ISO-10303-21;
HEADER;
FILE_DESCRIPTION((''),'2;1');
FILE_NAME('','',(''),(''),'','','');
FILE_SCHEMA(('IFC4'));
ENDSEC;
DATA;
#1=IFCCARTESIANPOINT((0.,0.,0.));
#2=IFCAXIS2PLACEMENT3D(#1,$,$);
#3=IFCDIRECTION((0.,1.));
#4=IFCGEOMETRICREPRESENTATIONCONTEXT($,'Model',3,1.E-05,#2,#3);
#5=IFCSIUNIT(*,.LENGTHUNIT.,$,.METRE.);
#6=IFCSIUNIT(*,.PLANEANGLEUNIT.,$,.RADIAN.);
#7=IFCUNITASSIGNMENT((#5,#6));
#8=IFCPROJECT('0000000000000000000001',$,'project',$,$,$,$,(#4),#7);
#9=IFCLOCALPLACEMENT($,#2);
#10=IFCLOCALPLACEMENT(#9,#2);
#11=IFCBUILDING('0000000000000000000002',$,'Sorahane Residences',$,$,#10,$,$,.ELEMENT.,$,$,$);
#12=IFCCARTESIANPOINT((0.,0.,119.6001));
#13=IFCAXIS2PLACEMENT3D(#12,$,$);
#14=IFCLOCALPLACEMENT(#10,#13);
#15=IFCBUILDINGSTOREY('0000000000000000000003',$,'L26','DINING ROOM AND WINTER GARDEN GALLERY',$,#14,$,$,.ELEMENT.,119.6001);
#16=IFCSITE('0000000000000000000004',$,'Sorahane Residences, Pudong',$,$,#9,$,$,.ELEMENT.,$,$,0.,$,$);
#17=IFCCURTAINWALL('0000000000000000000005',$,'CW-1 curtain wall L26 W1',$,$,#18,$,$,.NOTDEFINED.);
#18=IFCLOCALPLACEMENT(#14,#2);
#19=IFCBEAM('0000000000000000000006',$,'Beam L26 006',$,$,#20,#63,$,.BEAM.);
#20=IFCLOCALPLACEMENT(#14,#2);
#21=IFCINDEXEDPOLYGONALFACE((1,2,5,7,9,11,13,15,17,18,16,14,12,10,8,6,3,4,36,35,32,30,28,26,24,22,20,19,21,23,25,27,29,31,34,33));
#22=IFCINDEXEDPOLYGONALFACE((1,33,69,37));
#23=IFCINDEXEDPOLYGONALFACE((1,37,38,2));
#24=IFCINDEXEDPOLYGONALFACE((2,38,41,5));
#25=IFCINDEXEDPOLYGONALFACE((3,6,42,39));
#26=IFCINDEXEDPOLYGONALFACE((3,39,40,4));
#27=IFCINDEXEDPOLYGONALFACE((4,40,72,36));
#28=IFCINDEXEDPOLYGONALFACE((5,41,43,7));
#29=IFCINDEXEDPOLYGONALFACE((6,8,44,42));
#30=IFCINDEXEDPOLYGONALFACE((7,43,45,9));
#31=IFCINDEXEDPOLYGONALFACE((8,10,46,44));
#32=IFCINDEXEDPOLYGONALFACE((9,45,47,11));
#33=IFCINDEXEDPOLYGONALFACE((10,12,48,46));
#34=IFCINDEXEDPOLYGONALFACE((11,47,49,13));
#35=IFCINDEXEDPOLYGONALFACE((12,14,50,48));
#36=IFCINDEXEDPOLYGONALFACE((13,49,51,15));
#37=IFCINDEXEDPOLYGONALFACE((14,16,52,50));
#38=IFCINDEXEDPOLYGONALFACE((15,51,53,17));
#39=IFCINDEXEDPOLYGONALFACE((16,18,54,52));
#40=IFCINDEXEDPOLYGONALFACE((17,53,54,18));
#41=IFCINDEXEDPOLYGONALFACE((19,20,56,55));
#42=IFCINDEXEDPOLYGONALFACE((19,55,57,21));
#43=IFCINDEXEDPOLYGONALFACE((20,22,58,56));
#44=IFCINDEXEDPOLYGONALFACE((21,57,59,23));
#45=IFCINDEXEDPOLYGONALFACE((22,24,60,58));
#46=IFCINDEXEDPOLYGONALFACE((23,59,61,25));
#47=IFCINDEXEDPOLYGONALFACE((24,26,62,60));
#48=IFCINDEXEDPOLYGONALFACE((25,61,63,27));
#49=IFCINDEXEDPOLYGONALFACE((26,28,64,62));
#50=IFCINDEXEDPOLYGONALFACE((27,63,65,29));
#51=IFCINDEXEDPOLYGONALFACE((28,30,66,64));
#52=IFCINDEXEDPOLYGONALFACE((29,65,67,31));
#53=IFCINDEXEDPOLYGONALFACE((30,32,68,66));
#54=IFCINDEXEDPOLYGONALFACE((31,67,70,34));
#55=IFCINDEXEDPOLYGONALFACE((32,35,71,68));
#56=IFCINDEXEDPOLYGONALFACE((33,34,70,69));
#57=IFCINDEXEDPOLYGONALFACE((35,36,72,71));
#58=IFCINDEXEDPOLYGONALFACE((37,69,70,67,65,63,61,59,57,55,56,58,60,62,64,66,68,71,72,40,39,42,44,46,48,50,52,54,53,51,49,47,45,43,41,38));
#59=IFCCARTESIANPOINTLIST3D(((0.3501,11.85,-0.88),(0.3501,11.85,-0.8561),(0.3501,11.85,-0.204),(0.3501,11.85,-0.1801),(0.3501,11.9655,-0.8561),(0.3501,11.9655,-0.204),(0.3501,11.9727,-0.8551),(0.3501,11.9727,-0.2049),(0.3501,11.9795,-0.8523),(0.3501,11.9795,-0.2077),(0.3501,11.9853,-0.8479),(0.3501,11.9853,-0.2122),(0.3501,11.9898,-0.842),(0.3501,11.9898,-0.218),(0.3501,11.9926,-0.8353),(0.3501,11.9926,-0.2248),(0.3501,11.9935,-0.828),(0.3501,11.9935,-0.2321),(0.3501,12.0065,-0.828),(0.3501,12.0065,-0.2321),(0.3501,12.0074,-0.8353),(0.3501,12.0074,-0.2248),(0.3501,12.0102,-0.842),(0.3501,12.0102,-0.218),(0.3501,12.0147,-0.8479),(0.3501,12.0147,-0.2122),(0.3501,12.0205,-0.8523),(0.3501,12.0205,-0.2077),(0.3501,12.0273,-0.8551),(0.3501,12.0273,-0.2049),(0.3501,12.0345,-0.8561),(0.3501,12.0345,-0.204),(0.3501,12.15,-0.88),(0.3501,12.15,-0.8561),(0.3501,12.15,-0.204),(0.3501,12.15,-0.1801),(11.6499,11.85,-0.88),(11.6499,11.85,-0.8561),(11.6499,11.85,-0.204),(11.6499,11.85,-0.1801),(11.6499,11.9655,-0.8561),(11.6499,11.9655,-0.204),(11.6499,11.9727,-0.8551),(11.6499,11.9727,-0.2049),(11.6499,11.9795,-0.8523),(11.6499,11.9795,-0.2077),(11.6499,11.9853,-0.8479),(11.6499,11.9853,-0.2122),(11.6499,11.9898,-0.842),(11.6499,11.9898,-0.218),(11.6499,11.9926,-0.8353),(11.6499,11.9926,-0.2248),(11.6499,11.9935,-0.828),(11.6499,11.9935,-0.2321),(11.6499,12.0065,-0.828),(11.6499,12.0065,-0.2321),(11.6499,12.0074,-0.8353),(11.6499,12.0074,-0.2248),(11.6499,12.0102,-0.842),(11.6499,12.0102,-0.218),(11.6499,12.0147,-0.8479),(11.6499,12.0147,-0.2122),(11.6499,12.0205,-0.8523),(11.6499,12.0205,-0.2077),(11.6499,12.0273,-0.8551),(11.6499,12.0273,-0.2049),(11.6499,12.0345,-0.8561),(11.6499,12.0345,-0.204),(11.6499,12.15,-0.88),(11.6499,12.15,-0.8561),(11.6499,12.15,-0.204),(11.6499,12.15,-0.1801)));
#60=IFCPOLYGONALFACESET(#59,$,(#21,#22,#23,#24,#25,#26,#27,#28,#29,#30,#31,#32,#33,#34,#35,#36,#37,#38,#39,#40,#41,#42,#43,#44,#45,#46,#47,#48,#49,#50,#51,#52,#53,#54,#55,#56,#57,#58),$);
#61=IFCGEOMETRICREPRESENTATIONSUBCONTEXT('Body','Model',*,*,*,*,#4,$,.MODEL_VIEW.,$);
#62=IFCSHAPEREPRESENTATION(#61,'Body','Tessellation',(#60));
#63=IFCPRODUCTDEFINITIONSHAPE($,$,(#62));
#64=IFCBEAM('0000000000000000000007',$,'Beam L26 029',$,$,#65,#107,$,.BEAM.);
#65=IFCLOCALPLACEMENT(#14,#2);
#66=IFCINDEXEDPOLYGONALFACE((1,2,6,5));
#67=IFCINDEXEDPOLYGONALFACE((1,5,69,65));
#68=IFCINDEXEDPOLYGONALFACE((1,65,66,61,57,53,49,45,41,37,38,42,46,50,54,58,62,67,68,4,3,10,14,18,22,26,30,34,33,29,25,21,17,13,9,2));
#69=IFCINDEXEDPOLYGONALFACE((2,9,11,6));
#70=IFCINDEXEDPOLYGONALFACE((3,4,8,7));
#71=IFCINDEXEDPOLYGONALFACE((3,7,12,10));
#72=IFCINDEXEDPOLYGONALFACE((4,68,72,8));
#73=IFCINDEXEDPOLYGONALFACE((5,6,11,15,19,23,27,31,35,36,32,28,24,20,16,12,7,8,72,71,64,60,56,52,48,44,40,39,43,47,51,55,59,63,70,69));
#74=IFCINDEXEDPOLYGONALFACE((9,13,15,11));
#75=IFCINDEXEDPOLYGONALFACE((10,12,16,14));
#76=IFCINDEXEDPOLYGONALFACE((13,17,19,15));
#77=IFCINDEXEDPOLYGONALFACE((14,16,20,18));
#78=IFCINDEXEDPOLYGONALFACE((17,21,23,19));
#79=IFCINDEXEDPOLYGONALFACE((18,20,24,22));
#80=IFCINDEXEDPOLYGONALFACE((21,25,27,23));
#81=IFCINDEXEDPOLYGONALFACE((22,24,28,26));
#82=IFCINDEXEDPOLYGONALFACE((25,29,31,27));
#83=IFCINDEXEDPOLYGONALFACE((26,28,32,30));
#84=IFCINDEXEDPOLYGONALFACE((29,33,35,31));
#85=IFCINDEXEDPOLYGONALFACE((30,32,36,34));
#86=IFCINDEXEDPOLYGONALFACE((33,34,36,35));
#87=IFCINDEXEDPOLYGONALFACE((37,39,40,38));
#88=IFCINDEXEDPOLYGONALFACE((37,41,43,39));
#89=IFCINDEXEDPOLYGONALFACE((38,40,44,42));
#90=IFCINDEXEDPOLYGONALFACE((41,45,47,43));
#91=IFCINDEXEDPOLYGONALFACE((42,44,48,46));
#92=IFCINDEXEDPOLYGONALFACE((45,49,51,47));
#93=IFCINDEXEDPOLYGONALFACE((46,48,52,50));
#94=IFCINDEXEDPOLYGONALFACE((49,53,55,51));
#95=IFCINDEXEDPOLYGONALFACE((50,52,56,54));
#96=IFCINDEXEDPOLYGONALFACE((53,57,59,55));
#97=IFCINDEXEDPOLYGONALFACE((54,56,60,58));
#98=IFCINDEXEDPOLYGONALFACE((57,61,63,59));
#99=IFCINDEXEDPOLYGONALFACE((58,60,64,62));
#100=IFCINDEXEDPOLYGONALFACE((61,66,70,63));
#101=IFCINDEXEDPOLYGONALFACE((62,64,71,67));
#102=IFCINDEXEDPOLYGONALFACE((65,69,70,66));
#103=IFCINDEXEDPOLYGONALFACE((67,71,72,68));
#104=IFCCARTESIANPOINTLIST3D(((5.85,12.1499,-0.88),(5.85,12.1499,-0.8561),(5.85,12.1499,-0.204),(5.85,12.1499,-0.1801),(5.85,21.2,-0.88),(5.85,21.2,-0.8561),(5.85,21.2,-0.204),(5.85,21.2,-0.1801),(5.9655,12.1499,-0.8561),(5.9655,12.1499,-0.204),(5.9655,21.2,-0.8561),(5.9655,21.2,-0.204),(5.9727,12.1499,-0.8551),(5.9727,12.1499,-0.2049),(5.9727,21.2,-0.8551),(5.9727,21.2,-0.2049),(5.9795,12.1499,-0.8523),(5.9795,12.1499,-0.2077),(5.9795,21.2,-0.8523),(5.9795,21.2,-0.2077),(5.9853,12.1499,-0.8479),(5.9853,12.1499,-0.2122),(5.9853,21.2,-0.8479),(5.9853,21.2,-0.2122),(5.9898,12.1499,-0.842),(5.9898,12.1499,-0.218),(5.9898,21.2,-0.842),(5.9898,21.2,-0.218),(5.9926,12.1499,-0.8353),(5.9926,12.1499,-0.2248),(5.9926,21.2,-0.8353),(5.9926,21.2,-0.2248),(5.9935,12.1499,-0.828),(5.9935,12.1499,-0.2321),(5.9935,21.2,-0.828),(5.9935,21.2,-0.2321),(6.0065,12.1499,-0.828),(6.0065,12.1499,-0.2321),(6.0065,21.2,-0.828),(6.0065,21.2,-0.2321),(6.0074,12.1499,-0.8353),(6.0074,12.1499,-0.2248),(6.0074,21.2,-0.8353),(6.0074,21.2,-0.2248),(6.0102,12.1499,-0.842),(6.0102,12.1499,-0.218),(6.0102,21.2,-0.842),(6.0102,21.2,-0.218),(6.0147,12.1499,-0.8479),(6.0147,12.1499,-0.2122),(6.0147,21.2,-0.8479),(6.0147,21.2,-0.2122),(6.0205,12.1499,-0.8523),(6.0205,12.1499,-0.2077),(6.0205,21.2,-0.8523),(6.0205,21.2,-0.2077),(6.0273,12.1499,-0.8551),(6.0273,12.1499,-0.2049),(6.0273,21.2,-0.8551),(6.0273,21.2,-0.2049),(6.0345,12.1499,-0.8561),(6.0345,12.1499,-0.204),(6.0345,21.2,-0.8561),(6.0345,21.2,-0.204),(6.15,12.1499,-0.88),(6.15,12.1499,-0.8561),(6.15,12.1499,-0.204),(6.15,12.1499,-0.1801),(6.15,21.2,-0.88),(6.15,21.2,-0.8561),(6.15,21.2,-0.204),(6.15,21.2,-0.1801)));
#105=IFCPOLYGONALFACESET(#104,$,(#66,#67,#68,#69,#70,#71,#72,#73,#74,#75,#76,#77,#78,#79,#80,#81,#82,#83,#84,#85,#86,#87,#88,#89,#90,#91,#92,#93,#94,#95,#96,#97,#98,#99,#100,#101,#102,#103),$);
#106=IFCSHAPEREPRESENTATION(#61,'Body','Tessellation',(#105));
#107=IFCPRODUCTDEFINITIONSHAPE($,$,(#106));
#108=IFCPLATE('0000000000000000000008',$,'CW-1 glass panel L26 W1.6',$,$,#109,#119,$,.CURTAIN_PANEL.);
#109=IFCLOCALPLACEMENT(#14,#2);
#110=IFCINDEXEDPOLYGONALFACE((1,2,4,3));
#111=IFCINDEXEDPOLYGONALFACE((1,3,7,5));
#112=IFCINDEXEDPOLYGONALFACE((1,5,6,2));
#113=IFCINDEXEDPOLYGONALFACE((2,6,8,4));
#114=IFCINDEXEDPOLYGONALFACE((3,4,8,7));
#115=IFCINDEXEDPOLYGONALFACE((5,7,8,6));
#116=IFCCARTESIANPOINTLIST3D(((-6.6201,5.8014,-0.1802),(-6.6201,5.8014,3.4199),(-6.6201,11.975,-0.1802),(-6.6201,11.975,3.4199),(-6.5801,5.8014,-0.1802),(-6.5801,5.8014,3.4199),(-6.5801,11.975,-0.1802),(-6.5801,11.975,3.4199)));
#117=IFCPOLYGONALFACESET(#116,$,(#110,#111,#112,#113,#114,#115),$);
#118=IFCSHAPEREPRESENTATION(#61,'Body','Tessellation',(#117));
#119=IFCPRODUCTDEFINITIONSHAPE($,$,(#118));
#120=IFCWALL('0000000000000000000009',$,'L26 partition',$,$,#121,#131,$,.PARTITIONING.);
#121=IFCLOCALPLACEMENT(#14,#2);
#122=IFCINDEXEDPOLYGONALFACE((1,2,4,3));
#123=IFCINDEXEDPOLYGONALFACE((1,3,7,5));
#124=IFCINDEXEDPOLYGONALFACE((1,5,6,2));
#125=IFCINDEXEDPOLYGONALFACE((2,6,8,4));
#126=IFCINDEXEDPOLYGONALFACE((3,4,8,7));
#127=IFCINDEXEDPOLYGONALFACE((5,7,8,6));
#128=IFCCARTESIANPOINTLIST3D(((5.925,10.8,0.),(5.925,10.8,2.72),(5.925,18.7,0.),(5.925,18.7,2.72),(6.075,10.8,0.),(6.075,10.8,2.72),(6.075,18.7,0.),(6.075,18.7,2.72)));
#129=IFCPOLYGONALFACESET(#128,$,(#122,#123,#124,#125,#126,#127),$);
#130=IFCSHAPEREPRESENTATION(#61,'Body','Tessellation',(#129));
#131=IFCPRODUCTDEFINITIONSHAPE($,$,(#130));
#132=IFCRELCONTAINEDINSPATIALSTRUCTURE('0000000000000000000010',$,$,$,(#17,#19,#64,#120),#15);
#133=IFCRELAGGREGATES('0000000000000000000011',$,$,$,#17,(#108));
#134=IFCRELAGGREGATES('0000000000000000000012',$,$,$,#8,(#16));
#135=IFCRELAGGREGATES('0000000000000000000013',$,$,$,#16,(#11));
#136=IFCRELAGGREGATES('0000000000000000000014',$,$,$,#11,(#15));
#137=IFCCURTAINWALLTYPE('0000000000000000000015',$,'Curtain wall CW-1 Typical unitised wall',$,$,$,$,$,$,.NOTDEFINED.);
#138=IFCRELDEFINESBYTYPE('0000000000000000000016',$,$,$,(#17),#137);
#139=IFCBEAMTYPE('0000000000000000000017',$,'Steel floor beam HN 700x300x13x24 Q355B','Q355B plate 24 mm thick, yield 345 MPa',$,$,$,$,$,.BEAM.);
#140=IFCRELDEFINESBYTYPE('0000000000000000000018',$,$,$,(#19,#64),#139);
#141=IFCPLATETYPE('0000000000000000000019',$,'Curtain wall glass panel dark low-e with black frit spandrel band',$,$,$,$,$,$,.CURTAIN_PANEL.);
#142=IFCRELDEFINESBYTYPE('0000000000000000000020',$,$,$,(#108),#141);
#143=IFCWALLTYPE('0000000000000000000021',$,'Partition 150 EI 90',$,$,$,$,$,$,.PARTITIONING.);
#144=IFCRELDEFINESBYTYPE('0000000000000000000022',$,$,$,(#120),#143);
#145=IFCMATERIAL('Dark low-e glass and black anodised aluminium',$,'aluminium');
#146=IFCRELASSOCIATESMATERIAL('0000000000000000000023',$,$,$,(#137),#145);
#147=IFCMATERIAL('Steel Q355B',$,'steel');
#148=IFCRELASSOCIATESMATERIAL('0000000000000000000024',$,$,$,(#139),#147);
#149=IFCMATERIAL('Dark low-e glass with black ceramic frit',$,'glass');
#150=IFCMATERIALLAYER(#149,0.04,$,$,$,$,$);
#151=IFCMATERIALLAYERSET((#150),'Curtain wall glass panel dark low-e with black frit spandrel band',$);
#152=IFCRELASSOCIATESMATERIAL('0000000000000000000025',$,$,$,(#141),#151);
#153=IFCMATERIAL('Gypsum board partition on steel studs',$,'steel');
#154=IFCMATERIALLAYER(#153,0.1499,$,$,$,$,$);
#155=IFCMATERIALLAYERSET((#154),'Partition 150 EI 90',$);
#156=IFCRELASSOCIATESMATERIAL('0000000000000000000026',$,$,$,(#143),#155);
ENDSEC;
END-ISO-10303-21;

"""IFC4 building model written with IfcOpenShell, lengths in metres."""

from ifc_helpers import new_model, si_unit, direction, frame, frame_2d, origin, origin_2d, place, context, subcontext, project, spatial, rectangle, i_section, extrude, material, layer, layer_set, material_profile, profile_set, type_object, element, aggregate, save


model = new_model("IFC4")

# Units and contexts
model_context = context("Model", 3, precision=1e-05, world=origin(), true_north=direction((0.0, 1.0)))
body_context = subcontext(model_context, "Body", "Model", "MODEL_VIEW")
ifc_project = project(units=[si_unit("LENGTHUNIT", "METRE"), si_unit("PLANEANGLEUNIT", "RADIAN")], contexts=[model_context])

# Site, building, storey
site_placement = place(None, origin())
site = spatial("IfcSite", under=ifc_project, at=site_placement, Name="Sorahane Residences, Pudong", CompositionType="ELEMENT", RefElevation=0.0)
building_placement = place(site_placement, origin())
building = spatial("IfcBuilding", under=site, at=building_placement, Name="Sorahane Residences", CompositionType="ELEMENT")
storey_placement = place(building_placement, frame((0.0, 0.0, 119.6001)))
storey = spatial("IfcBuildingStorey", under=building, at=storey_placement, Name="L26", Description="DINING ROOM AND WINTER GARDEN GALLERY", CompositionType="ELEMENT", Elevation=119.6001)

# Curtain wall
ifc_material_1 = material(Name="Dark low-e glass and black anodised aluminium", Category="aluminium")
curtain_wall_type = type_object("IfcCurtainWallType", Name="Curtain wall CW-1 Typical unitised wall", PredefinedType="NOTDEFINED", material=ifc_material_1)
curtain_wall_placement = place(storey_placement, origin())
curtain_wall = element("IfcCurtainWall", 1, at=curtain_wall_placement, inside=storey, type_object=curtain_wall_type, Name="CW-1 curtain wall L26 W1", PredefinedType="NOTDEFINED")

# Beams
ifc_material_2 = material(Name="Steel Q355B", Category="steel")
ifc_material_profile_1 = material_profile(ifc_material_2, i_section(OverallWidth=0.3, OverallDepth=0.7, WebThickness=0.0129, FlangeThickness=0.0239, FilletRadius=0.0281, at=origin_2d()), Name="HN 700x300x13x24")
ifc_profile_set_1 = profile_set([ifc_material_profile_1], Name="Steel Q355B")
beam_type_1 = type_object("IfcBeamType", Name="Steel floor beam HN 700x300x13x24 Q355B", Description="Q355B plate 24 mm thick, yield 345 MPa", PredefinedType="BEAM", material=ifc_profile_set_1)
beam_1_placement = place(storey_placement, frame((0.3501, 12.0, -0.53), z_axis=(1.0, 0.0, 0.0), x_axis=(0.0, 1.0, 0.0)))
element("IfcBeam", 2, at=beam_1_placement, inside=storey, type_object=beam_type_1, Name="Beam L26 006", PredefinedType="BEAM", context=body_context, shape_type="SweptSolid", body=[
    extrude(i_section(OverallWidth=0.3, OverallDepth=0.7, WebThickness=0.0129, FlangeThickness=0.0239, FilletRadius=0.0281, at=origin_2d()), origin(), (0.0, 0.0, 1.0), 11.2998),
])
beam_2_placement = place(storey_placement, frame((6.0, 12.1499, -0.53), z_axis=(0.0, 1.0, 0.0), x_axis=(-1.0, 0.0, 0.0)))
element("IfcBeam", 3, at=beam_2_placement, inside=storey, type_object=beam_type_1, Name="Beam L26 029", PredefinedType="BEAM", context=body_context, shape_type="SweptSolid", body=[
    extrude(i_section(OverallWidth=0.3, OverallDepth=0.7, WebThickness=0.0129, FlangeThickness=0.0239, FilletRadius=0.0281, at=origin_2d()), origin(), (0.0, 0.0, 1.0), 9.05),
])

# Plate
ifc_material_3 = material(Name="Dark low-e glass with black ceramic frit", Category="glass")
ifc_layer_1 = layer(ifc_material_3, 0.04)
ifc_layer_set_1 = layer_set([ifc_layer_1], Name="Curtain wall glass panel dark low-e with black frit spandrel band")
plate_type = type_object("IfcPlateType", Name="Curtain wall glass panel dark low-e with black frit spandrel band", PredefinedType="CURTAIN_PANEL", material=ifc_layer_set_1)
plate_placement = place(storey_placement, frame((-6.6001, 8.8882, -0.1802), z_axis=(0.0, 0.0, 1.0), x_axis=(0.0, -1.0, 0.0)))
plate = element("IfcPlate", 4, at=plate_placement, type_object=plate_type, Name="CW-1 glass panel L26 W1.6", PredefinedType="CURTAIN_PANEL", context=body_context, shape_type="SweptSolid", body=[
    extrude(rectangle(XDim=6.1736, YDim=0.04, at=origin_2d()), origin(), (0.0, 0.0, 1.0), 3.6001),
])
aggregate(curtain_wall, [plate])

# Wall
ifc_material_4 = material(Name="Gypsum board partition on steel studs", Category="steel")
ifc_layer_2 = layer(ifc_material_4, 0.1499)
ifc_layer_set_2 = layer_set([ifc_layer_2], Name="Partition 150 EI 90")
wall_type_1 = type_object("IfcWallType", Name="Partition 150 EI 90", PredefinedType="PARTITIONING", material=ifc_layer_set_2)
wall_1_placement = place(storey_placement, frame((6.0, 10.8, 0.0), z_axis=(0.0, 0.0, 1.0), x_axis=(0.0, 1.0, 0.0)))
element("IfcWall", 5, at=wall_1_placement, inside=storey, type_object=wall_type_1, Name="L26 partition", PredefinedType="PARTITIONING", context=body_context, shape_type="SweptSolid", body=[
    extrude(rectangle(XDim=7.8999, YDim=0.1499, at=frame_2d((3.95, 0.0))), origin(), (0.0, 0.0, 1.0), 2.72),
])

save(model, "model.ifc")
